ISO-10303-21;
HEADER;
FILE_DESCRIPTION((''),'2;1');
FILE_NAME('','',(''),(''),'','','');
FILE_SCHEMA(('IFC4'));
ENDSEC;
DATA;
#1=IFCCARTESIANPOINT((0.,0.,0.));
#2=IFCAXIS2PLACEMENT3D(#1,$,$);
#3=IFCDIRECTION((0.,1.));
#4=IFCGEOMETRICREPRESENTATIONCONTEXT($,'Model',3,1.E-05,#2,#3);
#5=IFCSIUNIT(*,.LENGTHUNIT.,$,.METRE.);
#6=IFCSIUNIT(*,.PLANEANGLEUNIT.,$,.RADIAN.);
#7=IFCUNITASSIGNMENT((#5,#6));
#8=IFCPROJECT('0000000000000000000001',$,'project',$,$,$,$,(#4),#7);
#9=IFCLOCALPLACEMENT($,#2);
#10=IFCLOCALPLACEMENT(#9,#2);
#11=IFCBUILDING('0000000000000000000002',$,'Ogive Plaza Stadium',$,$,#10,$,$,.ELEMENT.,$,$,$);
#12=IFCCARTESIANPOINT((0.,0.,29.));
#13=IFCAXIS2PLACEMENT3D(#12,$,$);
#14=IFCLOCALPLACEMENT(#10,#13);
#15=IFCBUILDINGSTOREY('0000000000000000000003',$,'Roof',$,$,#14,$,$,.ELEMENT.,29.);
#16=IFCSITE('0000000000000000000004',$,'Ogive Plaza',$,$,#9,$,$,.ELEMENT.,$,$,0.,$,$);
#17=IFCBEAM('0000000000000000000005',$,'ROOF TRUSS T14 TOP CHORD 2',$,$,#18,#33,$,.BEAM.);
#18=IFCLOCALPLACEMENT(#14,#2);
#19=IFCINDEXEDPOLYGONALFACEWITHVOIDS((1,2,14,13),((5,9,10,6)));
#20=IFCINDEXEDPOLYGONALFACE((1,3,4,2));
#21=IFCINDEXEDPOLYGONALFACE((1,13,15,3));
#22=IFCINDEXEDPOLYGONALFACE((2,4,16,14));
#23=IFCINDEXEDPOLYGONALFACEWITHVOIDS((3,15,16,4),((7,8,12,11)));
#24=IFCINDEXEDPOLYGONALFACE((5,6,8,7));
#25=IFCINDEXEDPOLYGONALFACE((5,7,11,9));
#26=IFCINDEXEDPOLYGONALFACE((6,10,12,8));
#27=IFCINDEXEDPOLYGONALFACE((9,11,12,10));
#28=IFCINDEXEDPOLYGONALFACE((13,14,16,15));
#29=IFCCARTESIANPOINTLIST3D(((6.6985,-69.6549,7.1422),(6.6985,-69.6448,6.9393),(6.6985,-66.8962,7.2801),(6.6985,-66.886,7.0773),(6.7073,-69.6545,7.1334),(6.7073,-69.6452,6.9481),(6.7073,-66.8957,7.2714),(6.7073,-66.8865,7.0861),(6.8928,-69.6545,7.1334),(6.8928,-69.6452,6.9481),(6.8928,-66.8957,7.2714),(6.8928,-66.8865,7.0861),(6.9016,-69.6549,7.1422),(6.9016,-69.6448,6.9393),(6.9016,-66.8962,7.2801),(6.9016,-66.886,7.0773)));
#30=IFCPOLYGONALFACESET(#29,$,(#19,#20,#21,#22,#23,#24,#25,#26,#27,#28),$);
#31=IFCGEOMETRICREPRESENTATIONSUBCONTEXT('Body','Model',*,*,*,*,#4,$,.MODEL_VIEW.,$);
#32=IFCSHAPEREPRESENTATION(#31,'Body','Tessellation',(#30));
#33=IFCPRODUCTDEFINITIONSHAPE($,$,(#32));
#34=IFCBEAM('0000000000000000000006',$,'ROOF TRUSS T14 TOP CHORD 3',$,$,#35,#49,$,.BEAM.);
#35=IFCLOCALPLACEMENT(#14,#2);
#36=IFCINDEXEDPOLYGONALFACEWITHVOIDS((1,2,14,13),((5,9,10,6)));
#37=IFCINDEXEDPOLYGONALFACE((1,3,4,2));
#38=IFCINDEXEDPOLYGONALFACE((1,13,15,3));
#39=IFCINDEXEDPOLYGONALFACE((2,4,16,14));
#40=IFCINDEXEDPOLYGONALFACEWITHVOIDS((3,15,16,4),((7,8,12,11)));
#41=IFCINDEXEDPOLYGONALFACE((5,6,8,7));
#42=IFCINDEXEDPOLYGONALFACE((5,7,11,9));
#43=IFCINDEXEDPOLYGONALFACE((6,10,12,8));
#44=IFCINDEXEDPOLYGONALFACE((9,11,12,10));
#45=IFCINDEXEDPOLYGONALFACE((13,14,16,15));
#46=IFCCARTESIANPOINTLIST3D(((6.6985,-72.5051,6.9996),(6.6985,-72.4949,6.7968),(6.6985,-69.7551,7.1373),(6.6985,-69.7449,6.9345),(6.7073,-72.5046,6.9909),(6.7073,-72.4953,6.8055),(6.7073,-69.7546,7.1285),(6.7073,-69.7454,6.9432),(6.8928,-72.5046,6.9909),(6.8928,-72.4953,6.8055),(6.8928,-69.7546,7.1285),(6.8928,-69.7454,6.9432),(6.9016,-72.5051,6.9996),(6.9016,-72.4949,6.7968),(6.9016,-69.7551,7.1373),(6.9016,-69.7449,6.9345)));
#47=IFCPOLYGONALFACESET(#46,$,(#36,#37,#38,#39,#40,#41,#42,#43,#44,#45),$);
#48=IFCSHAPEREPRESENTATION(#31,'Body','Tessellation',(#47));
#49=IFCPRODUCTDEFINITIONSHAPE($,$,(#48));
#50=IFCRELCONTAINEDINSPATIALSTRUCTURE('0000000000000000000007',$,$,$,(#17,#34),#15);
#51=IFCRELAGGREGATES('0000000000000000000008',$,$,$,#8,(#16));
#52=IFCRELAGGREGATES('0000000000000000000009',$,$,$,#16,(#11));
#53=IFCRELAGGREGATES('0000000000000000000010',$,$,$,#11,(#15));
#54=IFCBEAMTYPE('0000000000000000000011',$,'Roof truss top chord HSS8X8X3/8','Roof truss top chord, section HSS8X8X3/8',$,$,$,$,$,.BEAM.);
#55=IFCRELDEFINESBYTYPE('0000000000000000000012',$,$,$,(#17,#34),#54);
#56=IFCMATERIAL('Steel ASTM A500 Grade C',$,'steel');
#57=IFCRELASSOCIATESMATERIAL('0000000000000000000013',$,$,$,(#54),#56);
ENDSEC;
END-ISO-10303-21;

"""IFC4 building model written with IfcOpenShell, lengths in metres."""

from ifc_helpers import new_model, si_unit, direction, frame, origin, origin_2d, place, context, subcontext, project, spatial, hollow_rectangle, extrude, material, material_profile, profile_set, type_object, element, save


model = new_model("IFC4")

# Units and contexts
model_context = context("Model", 3, precision=1e-05, world=origin(), true_north=direction((0.0, 1.0)))
body_context = subcontext(model_context, "Body", "Model", "MODEL_VIEW")
ifc_project = project(units=[si_unit("LENGTHUNIT", "METRE"), si_unit("PLANEANGLEUNIT", "RADIAN")], contexts=[model_context])

# Site, building, storey
site_placement = place(None, origin())
site = spatial("IfcSite", under=ifc_project, at=site_placement, Name="Ogive Plaza", CompositionType="ELEMENT", RefElevation=0.0)
building_placement = place(site_placement, origin())
building = spatial("IfcBuilding", under=site, at=building_placement, Name="Ogive Plaza Stadium", CompositionType="ELEMENT")
storey_placement = place(building_placement, frame((0.0, 0.0, 29.0)))
storey = spatial("IfcBuildingStorey", under=building, at=storey_placement, Name="Roof", CompositionType="ELEMENT", Elevation=29.0)

# Beams
ifc_material_1 = material(Name="Steel ASTM A500 Grade C", Category="steel")
ifc_material_profile_1 = material_profile(ifc_material_1, hollow_rectangle(XDim=0.2031, YDim=0.2031, WallThickness=0.0088, at=origin_2d()), Name="HSS8X8X3/8")
ifc_profile_set_1 = profile_set([ifc_material_profile_1], Name="Steel ASTM A500 Grade C")
beam_type_1 = type_object("IfcBeamType", Name="Roof truss top chord HSS8X8X3/8", Description="Roof truss top chord, section HSS8X8X3/8", PredefinedType="BEAM", material=ifc_profile_set_1)
beam_1_placement = place(storey_placement, frame((6.8, -66.8911, 7.1787), z_axis=(0.0, -0.998752, -0.049938), x_axis=(1.0, 0.0, 0.0)))
element("IfcBeam", 1, at=beam_1_placement, inside=storey, type_object=beam_type_1, Name="ROOF TRUSS T14 TOP CHORD 2", PredefinedType="BEAM", context=body_context, shape_type="SweptSolid", body=[
    extrude(hollow_rectangle(XDim=0.2031, YDim=0.2031, WallThickness=0.0088, at=origin_2d()), origin(), (0.0, 0.0, 1.0), 2.7622),
])
beam_2_placement = place(storey_placement, frame((6.8, -69.75, 7.0359), z_axis=(0.0, -0.998749, -0.050008), x_axis=(1.0, 0.0, 0.0)))
element("IfcBeam", 2, at=beam_2_placement, inside=storey, type_object=beam_type_1, Name="ROOF TRUSS T14 TOP CHORD 3", PredefinedType="BEAM", context=body_context, shape_type="SweptSolid", body=[
    extrude(hollow_rectangle(XDim=0.2031, YDim=0.2031, WallThickness=0.0088, at=origin_2d()), origin(), (0.0, 0.0, 1.0), 2.7534),
])

save(model, "model.ifc")
